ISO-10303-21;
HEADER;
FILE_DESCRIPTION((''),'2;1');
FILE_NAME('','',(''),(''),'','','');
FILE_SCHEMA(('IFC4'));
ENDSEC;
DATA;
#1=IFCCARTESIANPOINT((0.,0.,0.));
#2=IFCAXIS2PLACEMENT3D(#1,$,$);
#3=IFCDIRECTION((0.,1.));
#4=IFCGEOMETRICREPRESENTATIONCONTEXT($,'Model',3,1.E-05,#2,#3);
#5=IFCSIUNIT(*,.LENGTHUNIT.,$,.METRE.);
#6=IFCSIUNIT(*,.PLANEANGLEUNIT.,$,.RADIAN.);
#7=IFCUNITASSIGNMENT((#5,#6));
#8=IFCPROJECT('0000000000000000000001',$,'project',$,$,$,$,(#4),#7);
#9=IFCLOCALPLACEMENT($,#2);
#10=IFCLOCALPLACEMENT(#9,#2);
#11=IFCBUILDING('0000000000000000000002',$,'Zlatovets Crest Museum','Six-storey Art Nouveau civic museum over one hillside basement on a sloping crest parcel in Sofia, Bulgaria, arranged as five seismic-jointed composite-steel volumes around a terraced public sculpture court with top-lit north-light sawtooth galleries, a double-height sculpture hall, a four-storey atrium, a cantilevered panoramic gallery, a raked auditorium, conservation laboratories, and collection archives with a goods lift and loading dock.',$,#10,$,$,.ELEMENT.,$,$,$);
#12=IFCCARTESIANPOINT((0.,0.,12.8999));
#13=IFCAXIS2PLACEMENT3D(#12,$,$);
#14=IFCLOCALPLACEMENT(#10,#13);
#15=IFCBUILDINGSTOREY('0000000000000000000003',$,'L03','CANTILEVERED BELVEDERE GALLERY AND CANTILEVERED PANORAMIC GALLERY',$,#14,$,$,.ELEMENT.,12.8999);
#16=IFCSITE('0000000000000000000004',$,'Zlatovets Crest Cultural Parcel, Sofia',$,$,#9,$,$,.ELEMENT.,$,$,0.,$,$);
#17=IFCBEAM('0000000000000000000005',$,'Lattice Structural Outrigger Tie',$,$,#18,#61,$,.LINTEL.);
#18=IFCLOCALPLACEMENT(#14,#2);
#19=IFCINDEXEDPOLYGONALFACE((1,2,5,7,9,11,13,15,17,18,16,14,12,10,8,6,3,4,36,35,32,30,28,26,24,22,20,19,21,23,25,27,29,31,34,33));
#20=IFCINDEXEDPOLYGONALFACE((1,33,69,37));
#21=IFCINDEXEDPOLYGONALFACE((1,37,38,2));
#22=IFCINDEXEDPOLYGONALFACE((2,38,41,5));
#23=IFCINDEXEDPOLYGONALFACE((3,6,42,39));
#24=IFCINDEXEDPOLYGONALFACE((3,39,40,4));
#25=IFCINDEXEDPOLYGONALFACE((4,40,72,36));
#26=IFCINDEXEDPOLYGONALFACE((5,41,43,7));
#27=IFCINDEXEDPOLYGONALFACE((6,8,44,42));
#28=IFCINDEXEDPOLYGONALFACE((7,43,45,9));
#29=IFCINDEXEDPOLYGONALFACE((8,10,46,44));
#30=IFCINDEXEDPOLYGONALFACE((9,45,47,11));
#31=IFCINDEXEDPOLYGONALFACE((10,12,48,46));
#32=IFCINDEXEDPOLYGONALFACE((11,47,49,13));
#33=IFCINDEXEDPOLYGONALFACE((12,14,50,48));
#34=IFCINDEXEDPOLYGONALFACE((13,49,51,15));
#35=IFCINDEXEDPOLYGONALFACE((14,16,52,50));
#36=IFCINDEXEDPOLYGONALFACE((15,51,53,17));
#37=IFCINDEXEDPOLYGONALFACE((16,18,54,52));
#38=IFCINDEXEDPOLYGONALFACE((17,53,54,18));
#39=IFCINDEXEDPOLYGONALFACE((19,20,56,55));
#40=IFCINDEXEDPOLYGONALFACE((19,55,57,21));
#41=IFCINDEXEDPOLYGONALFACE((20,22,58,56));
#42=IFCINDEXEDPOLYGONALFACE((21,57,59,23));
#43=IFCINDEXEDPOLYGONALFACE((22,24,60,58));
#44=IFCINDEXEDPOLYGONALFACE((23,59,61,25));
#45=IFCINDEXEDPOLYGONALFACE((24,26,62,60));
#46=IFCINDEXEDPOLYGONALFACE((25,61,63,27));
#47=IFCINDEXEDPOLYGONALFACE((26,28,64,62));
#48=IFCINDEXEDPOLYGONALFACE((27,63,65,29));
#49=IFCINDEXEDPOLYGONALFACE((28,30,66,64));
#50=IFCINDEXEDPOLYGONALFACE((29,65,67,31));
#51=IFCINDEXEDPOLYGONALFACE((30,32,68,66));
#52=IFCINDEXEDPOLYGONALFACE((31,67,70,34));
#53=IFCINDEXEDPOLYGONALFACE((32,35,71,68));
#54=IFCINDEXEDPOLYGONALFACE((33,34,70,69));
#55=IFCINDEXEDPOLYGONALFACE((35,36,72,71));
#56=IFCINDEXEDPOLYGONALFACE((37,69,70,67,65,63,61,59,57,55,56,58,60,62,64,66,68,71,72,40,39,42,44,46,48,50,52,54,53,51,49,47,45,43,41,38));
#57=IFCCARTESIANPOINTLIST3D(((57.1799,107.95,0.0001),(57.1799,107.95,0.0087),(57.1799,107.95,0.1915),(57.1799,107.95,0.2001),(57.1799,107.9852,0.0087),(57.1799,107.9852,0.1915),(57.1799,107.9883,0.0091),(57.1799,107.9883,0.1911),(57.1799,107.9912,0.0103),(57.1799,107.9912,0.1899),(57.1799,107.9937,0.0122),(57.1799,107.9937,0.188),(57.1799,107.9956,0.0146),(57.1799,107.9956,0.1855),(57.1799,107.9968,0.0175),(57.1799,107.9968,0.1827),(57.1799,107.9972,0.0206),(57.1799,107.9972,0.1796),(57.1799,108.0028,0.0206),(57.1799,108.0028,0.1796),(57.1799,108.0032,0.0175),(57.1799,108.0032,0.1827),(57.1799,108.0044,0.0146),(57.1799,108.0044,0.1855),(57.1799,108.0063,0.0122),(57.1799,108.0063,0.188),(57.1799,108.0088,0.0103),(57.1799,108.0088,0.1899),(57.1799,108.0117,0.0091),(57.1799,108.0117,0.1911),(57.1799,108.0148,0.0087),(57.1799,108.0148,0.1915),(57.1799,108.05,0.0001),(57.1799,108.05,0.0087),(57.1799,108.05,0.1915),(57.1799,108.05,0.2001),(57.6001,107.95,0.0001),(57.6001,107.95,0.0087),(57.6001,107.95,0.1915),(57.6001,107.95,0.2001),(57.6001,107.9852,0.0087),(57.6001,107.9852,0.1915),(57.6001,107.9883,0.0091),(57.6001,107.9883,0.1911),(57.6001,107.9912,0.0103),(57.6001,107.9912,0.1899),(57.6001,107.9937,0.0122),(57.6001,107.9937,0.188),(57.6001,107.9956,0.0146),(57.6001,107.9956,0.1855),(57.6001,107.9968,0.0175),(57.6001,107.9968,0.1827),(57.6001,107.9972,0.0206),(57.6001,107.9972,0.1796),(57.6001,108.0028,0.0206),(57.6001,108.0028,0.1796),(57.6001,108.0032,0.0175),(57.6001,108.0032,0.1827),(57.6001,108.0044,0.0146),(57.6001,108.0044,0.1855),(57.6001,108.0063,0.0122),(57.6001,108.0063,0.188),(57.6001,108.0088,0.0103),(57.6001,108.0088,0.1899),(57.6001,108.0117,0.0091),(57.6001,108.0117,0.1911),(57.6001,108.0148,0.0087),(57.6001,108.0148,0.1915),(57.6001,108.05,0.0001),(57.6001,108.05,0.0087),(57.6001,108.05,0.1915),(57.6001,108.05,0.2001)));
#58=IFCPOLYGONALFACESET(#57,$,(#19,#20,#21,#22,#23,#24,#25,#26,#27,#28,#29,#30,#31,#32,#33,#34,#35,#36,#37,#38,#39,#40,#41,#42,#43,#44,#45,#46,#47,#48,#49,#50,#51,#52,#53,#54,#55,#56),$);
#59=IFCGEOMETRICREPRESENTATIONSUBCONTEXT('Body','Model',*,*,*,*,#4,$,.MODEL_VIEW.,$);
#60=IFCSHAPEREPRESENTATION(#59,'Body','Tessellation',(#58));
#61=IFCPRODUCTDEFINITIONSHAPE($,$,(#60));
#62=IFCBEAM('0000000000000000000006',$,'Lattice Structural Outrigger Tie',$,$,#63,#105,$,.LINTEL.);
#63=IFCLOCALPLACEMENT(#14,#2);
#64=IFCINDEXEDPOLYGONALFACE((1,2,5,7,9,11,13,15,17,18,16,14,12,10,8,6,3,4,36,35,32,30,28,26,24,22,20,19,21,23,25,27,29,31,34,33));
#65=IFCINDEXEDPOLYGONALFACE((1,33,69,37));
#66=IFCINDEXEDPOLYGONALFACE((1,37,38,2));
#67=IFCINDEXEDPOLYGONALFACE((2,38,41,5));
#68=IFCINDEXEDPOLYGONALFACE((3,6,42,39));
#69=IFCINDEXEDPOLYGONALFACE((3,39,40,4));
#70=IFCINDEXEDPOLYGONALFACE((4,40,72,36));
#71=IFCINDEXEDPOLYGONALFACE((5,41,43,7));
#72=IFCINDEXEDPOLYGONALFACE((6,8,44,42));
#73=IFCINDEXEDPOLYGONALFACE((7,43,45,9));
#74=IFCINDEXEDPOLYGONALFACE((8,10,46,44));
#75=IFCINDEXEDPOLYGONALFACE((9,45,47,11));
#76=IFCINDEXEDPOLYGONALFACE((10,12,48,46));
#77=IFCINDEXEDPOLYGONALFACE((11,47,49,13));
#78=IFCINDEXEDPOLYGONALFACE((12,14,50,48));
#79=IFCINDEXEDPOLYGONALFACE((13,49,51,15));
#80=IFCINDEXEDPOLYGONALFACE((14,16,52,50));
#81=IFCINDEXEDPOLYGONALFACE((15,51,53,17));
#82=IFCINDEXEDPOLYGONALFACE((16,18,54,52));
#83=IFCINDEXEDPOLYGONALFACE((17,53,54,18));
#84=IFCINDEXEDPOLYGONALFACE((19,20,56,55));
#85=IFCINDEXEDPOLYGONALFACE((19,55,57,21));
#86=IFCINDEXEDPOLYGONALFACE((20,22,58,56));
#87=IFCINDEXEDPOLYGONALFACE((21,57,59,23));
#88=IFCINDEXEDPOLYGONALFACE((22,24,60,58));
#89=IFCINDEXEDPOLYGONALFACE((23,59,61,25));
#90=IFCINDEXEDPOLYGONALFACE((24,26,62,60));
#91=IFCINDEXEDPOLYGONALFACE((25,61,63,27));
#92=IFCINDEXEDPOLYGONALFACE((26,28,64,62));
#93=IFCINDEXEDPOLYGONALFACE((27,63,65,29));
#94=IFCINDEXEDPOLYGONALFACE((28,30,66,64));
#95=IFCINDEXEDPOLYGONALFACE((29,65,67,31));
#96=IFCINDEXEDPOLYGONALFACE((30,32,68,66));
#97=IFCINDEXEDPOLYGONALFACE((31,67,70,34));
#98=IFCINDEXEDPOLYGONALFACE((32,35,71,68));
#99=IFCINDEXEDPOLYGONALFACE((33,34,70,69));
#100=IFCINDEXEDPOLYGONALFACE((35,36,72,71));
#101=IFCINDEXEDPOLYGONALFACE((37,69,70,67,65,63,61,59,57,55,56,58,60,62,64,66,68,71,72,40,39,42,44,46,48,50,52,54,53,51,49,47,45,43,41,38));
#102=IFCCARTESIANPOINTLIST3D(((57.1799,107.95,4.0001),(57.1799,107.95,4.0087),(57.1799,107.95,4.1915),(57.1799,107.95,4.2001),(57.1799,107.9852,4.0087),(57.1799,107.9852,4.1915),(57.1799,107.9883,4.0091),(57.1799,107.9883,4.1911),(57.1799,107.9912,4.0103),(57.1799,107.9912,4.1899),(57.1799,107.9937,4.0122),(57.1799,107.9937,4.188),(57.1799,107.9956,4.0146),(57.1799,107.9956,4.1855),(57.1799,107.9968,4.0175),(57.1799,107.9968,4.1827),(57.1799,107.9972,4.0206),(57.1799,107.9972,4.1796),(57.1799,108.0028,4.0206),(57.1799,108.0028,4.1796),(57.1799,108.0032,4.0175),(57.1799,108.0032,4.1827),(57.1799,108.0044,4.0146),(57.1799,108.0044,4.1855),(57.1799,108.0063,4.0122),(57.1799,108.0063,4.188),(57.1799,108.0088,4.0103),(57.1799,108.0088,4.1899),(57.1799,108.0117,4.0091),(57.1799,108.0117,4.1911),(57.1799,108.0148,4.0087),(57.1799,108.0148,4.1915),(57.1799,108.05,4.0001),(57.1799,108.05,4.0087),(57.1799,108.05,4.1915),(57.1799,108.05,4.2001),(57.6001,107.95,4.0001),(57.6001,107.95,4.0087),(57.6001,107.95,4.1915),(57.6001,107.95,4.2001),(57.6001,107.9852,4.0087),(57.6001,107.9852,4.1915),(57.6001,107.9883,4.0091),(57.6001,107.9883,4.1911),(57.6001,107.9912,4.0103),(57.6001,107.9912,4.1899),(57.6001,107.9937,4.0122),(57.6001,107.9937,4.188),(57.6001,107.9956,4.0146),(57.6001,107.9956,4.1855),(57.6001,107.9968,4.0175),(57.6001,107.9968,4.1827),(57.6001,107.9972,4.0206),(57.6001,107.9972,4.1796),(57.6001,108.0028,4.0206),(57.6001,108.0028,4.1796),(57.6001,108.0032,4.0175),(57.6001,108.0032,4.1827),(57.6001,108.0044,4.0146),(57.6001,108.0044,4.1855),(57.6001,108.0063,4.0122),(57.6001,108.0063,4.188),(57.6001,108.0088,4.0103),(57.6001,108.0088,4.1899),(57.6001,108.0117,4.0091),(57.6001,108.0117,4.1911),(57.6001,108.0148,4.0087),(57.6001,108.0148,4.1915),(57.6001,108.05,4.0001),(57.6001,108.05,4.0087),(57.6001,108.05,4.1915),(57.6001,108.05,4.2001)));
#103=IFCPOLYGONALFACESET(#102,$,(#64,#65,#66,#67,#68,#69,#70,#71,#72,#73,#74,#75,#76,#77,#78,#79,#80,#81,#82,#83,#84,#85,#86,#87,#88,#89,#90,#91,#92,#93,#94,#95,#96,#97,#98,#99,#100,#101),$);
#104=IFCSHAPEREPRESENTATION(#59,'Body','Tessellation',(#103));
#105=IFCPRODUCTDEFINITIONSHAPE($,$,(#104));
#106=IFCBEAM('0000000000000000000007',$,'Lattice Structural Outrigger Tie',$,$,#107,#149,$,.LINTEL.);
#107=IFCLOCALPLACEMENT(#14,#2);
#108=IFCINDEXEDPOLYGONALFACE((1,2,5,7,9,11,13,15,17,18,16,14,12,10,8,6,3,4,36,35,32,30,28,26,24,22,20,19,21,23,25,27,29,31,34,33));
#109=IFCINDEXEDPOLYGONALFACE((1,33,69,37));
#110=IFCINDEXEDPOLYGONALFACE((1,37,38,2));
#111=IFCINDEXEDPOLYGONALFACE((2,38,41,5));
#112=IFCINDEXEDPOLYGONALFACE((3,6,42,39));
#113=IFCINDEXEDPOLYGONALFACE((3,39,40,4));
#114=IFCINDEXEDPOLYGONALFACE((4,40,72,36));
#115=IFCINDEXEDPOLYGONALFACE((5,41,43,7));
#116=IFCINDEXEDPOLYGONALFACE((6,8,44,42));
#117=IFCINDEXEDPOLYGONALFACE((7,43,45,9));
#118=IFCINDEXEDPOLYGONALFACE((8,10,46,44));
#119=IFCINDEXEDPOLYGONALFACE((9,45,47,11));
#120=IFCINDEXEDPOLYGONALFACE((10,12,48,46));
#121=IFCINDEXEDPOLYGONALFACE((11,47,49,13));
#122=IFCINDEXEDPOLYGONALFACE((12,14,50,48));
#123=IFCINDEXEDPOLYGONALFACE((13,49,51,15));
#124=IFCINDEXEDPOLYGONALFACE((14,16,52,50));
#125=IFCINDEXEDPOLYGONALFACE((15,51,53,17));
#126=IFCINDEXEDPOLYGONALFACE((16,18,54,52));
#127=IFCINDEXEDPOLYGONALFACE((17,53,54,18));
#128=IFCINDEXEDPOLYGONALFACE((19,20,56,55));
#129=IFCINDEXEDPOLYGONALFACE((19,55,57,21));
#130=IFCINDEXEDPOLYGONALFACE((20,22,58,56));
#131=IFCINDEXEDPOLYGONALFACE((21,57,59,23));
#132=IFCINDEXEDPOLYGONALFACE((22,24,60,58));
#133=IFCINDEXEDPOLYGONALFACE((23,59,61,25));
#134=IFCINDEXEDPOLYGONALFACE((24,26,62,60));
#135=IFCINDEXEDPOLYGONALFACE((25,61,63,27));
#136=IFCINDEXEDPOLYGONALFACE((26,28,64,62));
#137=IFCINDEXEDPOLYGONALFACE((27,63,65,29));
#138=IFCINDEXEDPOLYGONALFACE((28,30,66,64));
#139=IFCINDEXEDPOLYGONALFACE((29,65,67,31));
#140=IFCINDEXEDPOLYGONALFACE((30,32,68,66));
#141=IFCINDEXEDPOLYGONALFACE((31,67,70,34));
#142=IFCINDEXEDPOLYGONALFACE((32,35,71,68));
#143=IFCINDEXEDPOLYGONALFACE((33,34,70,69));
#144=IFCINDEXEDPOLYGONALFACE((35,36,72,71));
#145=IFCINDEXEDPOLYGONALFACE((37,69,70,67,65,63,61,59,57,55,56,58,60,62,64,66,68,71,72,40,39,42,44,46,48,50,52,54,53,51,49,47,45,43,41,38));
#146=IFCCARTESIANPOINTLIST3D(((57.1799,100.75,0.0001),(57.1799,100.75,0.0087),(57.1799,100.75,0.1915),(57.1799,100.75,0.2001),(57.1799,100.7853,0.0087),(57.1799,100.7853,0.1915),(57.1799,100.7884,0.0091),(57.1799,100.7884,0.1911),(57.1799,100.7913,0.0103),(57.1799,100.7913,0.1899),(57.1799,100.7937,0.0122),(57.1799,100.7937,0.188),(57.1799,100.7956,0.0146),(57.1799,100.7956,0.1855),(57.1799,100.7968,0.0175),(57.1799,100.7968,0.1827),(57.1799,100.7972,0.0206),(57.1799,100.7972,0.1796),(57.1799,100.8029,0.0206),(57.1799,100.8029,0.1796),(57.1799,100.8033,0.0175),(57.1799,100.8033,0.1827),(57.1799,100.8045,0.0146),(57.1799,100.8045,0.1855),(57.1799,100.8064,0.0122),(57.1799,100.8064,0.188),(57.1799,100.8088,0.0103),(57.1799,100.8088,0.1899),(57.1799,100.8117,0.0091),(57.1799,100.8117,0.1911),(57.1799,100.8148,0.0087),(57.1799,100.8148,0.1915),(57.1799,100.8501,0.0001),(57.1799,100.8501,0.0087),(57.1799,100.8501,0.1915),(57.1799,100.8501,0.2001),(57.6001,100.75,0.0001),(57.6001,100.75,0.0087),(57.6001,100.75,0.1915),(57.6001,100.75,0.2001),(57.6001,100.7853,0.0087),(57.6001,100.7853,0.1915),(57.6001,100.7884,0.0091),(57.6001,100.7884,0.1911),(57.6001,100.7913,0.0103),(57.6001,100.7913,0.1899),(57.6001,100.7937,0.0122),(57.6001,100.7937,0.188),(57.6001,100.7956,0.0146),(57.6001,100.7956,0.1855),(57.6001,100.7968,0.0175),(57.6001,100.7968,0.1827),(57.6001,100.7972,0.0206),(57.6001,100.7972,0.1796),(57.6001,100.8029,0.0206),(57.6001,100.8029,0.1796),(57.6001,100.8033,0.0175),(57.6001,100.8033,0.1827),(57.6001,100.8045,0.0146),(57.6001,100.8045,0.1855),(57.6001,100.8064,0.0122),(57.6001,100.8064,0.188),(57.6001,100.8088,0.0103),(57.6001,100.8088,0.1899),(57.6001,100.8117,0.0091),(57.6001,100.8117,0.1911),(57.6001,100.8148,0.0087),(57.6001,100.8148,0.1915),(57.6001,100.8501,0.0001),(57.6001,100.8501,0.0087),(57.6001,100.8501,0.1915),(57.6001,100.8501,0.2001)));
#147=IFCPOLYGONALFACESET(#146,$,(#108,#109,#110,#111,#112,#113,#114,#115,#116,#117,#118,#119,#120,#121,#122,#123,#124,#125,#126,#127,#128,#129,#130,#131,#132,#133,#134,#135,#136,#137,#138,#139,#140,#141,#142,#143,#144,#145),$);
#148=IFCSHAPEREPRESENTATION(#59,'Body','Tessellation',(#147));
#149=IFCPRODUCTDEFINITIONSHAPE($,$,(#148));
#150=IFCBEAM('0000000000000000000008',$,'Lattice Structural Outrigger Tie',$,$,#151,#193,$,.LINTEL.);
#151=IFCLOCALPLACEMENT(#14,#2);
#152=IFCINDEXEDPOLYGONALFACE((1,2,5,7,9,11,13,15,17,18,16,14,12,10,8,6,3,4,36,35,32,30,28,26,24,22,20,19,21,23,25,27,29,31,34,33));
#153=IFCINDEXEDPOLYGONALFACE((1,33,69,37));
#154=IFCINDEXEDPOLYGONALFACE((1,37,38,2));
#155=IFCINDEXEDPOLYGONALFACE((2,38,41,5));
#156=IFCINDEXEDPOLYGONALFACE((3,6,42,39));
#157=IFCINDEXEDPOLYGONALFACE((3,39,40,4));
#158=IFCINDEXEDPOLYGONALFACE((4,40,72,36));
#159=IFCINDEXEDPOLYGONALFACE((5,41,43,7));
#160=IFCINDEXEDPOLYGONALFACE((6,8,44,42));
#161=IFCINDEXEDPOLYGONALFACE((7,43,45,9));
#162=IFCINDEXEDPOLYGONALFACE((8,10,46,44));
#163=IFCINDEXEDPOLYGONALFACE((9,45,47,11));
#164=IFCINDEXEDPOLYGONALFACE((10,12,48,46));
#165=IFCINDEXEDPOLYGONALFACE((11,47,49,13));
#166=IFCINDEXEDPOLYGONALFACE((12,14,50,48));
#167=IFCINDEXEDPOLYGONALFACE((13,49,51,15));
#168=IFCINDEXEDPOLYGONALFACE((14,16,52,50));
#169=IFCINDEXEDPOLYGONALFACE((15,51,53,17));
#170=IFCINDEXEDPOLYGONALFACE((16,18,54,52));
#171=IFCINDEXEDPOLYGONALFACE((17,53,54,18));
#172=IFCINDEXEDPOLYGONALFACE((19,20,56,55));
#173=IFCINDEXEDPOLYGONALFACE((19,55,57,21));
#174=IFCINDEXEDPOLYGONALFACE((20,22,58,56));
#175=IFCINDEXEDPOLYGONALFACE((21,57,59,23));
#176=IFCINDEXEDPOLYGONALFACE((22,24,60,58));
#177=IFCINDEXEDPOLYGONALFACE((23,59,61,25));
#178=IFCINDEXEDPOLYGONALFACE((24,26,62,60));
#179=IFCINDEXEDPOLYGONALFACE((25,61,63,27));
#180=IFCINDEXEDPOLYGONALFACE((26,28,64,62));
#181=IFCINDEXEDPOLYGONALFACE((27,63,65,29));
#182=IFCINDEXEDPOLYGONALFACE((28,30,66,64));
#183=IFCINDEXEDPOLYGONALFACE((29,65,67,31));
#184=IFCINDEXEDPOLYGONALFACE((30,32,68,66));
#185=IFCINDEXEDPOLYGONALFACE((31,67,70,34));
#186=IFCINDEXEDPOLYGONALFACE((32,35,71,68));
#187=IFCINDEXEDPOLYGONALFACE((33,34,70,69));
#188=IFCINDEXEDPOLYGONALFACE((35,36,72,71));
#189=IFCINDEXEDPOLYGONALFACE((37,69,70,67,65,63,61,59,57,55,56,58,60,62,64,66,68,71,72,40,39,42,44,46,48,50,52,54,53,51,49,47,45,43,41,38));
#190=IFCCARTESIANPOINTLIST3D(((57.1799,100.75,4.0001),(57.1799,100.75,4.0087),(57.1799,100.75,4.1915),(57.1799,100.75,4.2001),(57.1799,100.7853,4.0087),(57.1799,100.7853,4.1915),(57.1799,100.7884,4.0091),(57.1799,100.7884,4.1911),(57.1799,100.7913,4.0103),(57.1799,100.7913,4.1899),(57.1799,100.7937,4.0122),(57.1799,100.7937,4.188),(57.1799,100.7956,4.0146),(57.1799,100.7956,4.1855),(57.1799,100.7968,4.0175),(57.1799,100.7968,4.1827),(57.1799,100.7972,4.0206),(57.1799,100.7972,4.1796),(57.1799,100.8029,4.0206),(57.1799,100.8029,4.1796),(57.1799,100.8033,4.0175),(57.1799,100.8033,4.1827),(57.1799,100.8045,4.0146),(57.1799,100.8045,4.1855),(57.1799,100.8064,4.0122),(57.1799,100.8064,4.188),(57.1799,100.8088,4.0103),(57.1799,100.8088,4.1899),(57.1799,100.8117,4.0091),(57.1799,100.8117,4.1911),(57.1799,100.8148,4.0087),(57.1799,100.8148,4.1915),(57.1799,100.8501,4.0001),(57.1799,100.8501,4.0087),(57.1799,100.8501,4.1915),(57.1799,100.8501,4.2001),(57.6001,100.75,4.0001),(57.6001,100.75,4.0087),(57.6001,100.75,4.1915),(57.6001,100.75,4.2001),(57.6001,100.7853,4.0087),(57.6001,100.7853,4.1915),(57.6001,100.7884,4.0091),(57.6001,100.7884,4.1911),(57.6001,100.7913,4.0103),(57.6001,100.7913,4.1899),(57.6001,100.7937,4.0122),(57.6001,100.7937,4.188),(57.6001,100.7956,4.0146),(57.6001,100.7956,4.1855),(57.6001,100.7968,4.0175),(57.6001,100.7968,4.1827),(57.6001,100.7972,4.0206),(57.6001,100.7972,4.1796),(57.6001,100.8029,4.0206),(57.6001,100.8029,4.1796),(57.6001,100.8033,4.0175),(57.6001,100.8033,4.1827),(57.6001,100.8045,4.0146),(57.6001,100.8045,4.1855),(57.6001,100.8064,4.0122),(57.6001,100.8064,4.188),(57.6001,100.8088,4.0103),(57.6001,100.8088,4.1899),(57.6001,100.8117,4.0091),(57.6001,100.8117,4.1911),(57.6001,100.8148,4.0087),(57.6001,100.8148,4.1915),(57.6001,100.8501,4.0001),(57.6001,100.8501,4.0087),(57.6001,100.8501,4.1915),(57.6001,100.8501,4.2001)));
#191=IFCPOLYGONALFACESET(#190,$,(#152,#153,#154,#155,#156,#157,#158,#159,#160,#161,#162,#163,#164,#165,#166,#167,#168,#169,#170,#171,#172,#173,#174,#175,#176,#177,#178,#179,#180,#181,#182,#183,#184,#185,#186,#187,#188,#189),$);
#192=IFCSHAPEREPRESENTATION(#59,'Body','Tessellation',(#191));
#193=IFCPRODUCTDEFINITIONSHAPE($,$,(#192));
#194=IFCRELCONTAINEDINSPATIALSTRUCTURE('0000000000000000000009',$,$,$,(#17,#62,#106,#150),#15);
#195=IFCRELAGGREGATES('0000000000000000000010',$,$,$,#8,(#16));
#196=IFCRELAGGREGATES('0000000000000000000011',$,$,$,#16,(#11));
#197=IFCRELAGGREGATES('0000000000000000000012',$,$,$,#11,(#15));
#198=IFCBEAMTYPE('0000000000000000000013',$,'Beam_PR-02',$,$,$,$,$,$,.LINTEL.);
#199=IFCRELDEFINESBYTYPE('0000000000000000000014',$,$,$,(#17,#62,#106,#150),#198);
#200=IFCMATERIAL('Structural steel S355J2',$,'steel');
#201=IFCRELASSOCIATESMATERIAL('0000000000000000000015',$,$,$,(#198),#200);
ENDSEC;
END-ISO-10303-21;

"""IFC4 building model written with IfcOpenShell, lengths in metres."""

from ifc_helpers import new_model, si_unit, direction, frame, origin, origin_2d, place, context, subcontext, project, spatial, i_section, extrude, material, material_profile, profile_set, type_object, element, save


model = new_model("IFC4")

# Units and contexts
model_context = context("Model", 3, precision=1e-05, world=origin(), true_north=direction((0.0, 1.0)))
body_context = subcontext(model_context, "Body", "Model", "MODEL_VIEW")
ifc_project = project(units=[si_unit("LENGTHUNIT", "METRE"), si_unit("PLANEANGLEUNIT", "RADIAN")], contexts=[model_context])

# Site, building, storey
site_placement = place(None, origin())
site = spatial("IfcSite", under=ifc_project, at=site_placement, Name="Zlatovets Crest Cultural Parcel, Sofia", CompositionType="ELEMENT", RefElevation=0.0)
building_placement = place(site_placement, origin())
building = spatial("IfcBuilding", under=site, at=building_placement, Name="Zlatovets Crest Museum", Description="Six-storey Art Nouveau civic museum over one hillside basement on a sloping crest parcel in Sofia, Bulgaria, arranged as five seismic-jointed composite-steel volumes around a terraced public sculpture court with top-lit north-light sawtooth galleries, a double-height sculpture hall, a four-storey atrium, a cantilevered panoramic gallery, a raked auditorium, conservation laboratories, and collection archives with a goods lift and loading dock.", CompositionType="ELEMENT")
storey_placement = place(building_placement, frame((0.0, 0.0, 12.8999)))
storey = spatial("IfcBuildingStorey", under=building, at=storey_placement, Name="L03", Description="CANTILEVERED BELVEDERE GALLERY AND CANTILEVERED PANORAMIC GALLERY", CompositionType="ELEMENT", Elevation=12.8999)

# Beams
ifc_material_1 = material(Name="Structural steel S355J2", Category="steel")
ifc_material_profile = material_profile(ifc_material_1, i_section(OverallWidth=0.1001, OverallDepth=0.2, WebThickness=0.0056, FlangeThickness=0.0085, FilletRadius=0.012, at=origin_2d()), Name="IPE 200")
ifc_profile_set = profile_set([ifc_material_profile], Name="Structural steel S355J2")
beam_type = type_object("IfcBeamType", Name="Beam_PR-02", PredefinedType="LINTEL", material=ifc_profile_set)
for number, where, z_axis, x_axis, name in (
    (1, (57.6001, 108.0, 0.1001), (-1.0, 0.0, 0.0), (0.0, -1.0, 0.0), "Lattice Structural Outrigger Tie"),
    (2, (57.6001, 108.0, 4.1001), (-1.0, 0.0, 0.0), (0.0, -1.0, 0.0), "Lattice Structural Outrigger Tie"),
    (3, (57.6001, 100.8, 0.1001), (-1.0, 0.0, 0.0), (0.0, -1.0, 0.0), "Lattice Structural Outrigger Tie"),
    (4, (57.6001, 100.8, 4.1001), (-1.0, 0.0, 0.0), (0.0, -1.0, 0.0), "Lattice Structural Outrigger Tie"),
):
    element("IfcBeam", number, at=place(storey_placement, frame(where, z_axis=z_axis, x_axis=x_axis)), inside=storey, type_object=beam_type, Name=name, PredefinedType="LINTEL", context=body_context, shape_type="SweptSolid", body=[
        extrude(i_section(OverallWidth=0.1001, OverallDepth=0.2, WebThickness=0.0056, FlangeThickness=0.0085, FilletRadius=0.012, at=origin_2d()), origin(), (0.0, 0.0, 1.0), 0.4202),
    ])

save(model, "model.ifc")
